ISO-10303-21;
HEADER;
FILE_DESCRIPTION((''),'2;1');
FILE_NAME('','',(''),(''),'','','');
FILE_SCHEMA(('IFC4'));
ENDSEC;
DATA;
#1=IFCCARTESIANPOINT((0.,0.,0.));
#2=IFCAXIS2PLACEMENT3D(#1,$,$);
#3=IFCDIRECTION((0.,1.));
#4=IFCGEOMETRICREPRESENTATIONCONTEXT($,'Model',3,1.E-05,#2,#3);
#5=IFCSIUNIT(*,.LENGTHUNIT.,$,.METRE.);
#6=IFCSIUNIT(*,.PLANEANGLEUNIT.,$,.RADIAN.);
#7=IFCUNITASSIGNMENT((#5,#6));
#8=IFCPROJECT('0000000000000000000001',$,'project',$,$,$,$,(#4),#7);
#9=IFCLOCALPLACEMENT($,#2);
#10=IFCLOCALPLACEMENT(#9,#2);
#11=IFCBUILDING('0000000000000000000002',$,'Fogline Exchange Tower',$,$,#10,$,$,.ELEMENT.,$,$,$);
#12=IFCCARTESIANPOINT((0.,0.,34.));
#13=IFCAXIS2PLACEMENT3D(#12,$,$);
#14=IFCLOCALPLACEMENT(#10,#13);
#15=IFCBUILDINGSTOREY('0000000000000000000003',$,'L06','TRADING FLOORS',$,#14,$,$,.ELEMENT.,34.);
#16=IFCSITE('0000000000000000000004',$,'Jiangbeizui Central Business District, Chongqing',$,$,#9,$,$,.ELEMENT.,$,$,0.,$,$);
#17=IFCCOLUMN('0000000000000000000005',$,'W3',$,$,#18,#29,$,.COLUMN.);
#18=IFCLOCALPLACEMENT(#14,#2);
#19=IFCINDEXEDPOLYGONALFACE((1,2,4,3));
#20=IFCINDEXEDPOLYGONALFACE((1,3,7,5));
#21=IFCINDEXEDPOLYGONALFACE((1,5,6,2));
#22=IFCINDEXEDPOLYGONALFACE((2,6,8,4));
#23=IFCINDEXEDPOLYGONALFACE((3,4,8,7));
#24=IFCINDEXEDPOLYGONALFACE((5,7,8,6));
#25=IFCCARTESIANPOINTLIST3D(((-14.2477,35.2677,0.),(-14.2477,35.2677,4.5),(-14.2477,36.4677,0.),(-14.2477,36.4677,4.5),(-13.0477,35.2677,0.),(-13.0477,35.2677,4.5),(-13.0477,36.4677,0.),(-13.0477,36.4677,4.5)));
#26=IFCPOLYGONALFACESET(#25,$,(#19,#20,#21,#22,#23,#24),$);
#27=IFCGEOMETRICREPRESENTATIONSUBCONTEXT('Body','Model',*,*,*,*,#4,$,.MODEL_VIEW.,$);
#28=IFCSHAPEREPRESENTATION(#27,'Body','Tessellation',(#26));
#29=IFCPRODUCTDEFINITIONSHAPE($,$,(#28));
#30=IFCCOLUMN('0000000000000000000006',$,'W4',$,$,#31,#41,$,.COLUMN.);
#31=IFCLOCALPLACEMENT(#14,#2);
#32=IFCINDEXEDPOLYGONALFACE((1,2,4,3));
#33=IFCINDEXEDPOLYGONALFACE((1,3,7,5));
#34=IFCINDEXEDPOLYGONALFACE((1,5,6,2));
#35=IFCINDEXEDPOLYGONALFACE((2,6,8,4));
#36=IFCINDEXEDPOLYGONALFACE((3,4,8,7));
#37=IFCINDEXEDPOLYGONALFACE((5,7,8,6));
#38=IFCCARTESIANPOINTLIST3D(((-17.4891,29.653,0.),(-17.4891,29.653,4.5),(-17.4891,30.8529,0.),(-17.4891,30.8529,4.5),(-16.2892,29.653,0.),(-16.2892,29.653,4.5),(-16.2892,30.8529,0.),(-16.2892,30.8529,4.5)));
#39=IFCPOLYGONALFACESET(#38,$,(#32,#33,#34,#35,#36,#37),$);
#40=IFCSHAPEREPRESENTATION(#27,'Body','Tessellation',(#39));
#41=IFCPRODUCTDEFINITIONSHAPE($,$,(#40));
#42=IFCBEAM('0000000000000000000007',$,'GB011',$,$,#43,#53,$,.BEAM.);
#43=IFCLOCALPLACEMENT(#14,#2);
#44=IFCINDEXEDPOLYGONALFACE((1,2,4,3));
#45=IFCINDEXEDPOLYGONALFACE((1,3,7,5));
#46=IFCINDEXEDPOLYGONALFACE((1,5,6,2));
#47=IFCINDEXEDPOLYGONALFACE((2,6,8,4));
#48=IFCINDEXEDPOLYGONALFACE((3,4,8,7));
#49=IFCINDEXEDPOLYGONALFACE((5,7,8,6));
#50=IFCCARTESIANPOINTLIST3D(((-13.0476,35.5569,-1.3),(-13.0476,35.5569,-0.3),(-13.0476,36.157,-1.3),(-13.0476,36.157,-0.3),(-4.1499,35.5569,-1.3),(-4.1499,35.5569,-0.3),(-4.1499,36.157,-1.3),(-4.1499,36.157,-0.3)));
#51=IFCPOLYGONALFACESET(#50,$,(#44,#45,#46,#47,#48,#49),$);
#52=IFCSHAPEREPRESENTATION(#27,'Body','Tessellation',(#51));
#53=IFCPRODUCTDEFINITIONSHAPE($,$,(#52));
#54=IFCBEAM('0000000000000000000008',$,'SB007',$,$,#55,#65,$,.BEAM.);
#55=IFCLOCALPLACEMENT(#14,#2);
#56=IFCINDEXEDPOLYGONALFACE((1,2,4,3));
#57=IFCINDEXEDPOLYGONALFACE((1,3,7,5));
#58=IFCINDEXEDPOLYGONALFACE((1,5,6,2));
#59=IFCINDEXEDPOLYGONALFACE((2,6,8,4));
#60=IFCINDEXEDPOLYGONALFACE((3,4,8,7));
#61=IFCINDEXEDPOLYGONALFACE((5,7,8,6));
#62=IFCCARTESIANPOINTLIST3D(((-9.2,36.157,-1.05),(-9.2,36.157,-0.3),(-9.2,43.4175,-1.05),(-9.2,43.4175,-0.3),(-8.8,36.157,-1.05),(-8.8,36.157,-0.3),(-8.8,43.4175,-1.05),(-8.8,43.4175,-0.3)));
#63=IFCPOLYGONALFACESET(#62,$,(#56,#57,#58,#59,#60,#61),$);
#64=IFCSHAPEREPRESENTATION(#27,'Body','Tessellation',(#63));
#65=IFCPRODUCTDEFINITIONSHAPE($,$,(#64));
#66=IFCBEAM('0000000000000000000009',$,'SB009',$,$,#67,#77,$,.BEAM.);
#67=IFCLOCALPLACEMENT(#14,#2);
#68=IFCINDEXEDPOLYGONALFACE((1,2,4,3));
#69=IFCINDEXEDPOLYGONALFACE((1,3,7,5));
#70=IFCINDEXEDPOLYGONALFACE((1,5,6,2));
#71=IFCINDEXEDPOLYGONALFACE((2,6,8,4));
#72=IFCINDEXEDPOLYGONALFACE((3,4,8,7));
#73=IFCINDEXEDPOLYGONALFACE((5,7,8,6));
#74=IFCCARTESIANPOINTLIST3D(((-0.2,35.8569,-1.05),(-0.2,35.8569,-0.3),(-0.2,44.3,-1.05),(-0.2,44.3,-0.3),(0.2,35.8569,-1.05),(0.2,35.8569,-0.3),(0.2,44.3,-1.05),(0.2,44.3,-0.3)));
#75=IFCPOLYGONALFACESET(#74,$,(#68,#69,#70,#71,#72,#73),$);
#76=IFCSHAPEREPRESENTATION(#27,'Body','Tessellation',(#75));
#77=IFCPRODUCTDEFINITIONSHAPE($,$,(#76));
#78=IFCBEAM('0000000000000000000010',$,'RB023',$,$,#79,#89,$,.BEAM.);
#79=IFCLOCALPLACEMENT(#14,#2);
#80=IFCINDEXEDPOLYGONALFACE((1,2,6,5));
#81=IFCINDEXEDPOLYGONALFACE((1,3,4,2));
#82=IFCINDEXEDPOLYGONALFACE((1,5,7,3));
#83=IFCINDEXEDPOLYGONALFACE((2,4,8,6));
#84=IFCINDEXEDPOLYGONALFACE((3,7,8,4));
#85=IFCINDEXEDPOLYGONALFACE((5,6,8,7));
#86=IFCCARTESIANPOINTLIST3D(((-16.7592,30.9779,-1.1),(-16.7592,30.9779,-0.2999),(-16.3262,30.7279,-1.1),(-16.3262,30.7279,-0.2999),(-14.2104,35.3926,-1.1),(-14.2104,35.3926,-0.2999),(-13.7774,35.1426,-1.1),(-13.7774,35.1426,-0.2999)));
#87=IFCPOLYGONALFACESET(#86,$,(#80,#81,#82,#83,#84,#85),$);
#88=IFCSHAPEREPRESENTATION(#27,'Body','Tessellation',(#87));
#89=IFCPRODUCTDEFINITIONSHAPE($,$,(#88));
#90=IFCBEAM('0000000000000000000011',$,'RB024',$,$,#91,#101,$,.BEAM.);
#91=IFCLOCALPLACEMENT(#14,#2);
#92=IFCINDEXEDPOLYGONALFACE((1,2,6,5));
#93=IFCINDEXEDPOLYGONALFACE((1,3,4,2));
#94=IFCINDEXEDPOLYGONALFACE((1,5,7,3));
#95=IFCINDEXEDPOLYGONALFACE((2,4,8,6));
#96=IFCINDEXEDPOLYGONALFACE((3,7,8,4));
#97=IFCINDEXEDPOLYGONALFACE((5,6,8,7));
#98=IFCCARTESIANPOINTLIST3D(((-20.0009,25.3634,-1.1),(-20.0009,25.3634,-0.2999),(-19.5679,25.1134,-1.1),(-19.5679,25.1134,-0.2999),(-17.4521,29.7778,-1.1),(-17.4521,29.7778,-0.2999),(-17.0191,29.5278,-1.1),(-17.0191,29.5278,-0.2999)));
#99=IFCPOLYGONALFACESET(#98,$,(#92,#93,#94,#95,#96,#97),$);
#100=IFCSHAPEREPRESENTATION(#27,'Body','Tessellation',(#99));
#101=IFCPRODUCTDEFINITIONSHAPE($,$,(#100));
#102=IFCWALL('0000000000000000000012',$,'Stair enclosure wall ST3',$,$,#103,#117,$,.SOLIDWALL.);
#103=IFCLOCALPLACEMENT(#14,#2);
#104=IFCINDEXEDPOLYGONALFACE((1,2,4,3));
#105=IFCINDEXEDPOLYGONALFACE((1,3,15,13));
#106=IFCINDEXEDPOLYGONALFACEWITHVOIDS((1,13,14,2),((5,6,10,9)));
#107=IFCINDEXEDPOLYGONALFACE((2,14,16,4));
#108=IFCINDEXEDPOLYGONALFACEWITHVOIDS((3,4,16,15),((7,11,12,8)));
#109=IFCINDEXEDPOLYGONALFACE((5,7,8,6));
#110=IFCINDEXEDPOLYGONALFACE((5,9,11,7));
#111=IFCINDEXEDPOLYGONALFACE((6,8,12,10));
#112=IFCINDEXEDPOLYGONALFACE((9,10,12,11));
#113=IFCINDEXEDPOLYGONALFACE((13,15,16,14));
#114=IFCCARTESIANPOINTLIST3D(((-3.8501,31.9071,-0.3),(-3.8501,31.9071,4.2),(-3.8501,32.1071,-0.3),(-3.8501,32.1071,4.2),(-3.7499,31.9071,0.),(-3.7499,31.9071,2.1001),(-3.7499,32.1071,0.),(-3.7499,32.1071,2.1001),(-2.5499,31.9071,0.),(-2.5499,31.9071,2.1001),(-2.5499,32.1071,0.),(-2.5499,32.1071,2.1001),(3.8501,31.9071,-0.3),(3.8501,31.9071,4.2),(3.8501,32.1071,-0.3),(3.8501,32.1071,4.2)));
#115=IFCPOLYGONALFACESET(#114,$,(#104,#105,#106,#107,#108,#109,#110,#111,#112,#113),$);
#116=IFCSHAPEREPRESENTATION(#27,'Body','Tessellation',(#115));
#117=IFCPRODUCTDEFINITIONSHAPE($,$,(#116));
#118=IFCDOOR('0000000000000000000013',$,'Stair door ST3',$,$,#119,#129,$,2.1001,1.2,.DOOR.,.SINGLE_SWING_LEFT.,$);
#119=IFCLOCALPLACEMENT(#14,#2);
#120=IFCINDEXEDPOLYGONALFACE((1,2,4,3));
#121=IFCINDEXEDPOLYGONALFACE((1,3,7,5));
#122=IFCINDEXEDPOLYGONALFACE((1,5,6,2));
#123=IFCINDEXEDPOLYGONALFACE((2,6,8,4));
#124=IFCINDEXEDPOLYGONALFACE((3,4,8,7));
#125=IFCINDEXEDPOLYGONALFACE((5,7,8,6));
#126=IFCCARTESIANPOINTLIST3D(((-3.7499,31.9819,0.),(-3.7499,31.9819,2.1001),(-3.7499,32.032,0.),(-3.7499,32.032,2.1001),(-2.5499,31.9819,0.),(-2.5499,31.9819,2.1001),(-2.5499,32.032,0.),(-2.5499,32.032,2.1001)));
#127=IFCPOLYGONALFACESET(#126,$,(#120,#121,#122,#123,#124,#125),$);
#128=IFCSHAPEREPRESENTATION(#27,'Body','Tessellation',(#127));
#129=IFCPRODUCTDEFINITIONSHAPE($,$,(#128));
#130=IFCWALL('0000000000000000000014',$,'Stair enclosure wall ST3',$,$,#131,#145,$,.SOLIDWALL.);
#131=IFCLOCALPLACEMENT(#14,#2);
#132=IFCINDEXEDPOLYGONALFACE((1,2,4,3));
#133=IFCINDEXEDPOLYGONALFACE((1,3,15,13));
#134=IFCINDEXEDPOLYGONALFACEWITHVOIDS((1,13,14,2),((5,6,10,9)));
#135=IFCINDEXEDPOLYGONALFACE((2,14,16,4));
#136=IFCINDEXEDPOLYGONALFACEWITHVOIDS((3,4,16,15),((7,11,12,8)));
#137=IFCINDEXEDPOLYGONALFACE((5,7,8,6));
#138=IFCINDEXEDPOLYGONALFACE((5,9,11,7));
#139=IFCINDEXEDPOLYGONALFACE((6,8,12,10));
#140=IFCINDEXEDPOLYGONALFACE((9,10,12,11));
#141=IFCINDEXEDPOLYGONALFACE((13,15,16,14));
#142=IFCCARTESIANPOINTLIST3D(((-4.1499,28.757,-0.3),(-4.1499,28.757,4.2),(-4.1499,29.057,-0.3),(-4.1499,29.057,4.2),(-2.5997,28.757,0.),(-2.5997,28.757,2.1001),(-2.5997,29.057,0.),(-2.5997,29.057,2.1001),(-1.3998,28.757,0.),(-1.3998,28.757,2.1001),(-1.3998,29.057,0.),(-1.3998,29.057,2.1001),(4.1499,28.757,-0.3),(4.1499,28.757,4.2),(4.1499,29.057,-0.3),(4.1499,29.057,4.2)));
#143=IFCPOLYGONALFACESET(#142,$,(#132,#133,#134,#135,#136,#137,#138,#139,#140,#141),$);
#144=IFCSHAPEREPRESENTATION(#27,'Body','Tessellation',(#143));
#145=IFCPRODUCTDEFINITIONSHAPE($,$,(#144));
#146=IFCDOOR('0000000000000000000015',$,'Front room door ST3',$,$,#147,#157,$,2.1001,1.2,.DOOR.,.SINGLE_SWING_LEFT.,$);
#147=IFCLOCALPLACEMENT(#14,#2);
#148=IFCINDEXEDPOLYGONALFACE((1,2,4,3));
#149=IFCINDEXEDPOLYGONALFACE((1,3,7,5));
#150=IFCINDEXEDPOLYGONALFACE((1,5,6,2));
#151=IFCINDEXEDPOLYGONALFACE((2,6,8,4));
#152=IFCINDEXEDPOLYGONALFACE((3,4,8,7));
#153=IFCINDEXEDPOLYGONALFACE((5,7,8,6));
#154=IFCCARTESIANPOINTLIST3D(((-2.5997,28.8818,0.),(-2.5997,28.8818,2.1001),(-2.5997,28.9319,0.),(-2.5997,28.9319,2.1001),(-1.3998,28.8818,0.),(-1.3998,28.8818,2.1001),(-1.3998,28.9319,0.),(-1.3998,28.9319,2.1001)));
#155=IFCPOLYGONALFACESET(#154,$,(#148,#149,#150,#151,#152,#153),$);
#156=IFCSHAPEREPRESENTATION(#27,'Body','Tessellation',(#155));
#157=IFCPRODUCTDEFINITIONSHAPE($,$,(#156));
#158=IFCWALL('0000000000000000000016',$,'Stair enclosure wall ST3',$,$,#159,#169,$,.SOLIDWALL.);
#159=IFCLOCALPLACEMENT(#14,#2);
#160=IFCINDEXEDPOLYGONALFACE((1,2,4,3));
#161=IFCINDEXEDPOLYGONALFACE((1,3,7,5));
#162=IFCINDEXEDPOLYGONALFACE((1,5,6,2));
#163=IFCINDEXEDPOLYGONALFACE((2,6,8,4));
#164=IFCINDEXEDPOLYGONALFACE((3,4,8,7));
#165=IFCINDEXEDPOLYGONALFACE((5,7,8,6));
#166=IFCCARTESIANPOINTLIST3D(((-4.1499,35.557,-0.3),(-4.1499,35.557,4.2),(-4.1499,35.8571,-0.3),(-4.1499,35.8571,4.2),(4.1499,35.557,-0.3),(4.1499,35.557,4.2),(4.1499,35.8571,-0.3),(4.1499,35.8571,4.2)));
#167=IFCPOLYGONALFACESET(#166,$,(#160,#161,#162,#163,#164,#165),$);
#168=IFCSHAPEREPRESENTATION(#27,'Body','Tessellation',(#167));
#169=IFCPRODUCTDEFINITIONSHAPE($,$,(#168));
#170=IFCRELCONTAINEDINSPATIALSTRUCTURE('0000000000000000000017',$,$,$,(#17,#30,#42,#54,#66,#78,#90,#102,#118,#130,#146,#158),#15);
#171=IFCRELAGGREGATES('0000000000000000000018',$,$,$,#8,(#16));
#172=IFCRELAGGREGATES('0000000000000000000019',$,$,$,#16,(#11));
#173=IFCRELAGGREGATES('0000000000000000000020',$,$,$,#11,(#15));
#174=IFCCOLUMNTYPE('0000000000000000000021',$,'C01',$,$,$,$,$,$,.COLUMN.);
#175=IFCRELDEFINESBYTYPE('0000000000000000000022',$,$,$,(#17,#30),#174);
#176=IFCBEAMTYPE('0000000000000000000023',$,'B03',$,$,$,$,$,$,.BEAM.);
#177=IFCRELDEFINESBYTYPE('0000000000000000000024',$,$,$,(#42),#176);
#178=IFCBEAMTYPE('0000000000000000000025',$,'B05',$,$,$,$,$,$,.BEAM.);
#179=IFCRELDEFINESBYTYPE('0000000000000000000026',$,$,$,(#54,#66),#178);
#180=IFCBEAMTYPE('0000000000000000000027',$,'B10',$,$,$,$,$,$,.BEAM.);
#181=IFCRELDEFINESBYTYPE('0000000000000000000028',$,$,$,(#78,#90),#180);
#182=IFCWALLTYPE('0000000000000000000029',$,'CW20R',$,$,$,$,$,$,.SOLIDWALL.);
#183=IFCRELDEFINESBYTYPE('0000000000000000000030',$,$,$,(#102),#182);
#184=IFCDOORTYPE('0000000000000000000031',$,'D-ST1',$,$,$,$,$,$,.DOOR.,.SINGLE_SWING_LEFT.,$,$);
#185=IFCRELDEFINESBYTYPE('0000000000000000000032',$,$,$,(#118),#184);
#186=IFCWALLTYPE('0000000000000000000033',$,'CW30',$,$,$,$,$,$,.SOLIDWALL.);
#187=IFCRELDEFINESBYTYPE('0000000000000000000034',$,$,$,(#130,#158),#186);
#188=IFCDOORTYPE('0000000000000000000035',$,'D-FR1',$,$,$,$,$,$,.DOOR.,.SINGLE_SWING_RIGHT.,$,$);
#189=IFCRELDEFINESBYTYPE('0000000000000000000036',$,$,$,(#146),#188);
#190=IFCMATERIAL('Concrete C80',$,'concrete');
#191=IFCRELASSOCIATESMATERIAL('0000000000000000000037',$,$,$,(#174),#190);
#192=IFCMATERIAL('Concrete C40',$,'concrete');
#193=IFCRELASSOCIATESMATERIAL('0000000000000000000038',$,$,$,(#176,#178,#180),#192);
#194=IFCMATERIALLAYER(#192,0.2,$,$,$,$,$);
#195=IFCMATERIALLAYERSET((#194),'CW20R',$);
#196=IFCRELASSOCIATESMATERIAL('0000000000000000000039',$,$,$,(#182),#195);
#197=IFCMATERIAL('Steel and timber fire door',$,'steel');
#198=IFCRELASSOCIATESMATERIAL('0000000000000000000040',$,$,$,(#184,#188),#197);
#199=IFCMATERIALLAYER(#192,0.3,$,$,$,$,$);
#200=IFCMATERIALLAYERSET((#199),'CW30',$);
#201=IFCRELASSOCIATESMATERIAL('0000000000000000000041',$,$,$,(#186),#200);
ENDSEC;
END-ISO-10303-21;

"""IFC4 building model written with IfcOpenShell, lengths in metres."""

from ifc_helpers import new_model, si_unit, direction, frame, frame_2d, origin, origin_2d, place, context, subcontext, project, spatial, rectangle, extrude, material, layer, layer_set, material_profile, profile_set, type_object, element, fill, save


model = new_model("IFC4")

# Units and contexts
model_context = context("Model", 3, precision=1e-05, world=origin(), true_north=direction((0.0, 1.0)))
body_context = subcontext(model_context, "Body", "Model", "MODEL_VIEW")
ifc_project = project(units=[si_unit("LENGTHUNIT", "METRE"), si_unit("PLANEANGLEUNIT", "RADIAN")], contexts=[model_context])

# Site, building, storey
site_placement = place(None, origin())
site = spatial("IfcSite", under=ifc_project, at=site_placement, Name="Jiangbeizui Central Business District, Chongqing", CompositionType="ELEMENT", RefElevation=0.0)
building_placement = place(site_placement, origin())
building = spatial("IfcBuilding", under=site, at=building_placement, Name="Fogline Exchange Tower", CompositionType="ELEMENT")
storey_placement = place(building_placement, frame((0.0, 0.0, 34.0)))
storey = spatial("IfcBuildingStorey", under=building, at=storey_placement, Name="L06", Description="TRADING FLOORS", CompositionType="ELEMENT", Elevation=34.0)

# Columns
ifc_material_1 = material(Name="Concrete C80", Category="concrete")
ifc_material_profile_1 = material_profile(ifc_material_1, rectangle(XDim=1.2, YDim=1.2, at=origin_2d()), Name="RC 1200x1200")
ifc_profile_set_1 = profile_set([ifc_material_profile_1], Name="Concrete C80")
column_type = type_object("IfcColumnType", Name="C01", PredefinedType="COLUMN", material=ifc_profile_set_1)
for number, where, z_axis, x_axis, name in (
    (1, (-13.6477, 35.8677, 0.0), (0.0, 0.0, 1.0), (1.0, 0.0, 0.0), "W3"),
    (2, (-16.8892, 30.2529, 0.0), (0.0, 0.0, 1.0), (1.0, 0.0, 0.0), "W4"),
):
    element("IfcColumn", number, at=place(storey_placement, frame(where, z_axis=z_axis, x_axis=x_axis)), inside=storey, type_object=column_type, Name=name, PredefinedType="COLUMN", context=body_context, shape_type="SweptSolid", body=[
        extrude(rectangle(XDim=1.2, YDim=1.2, at=origin_2d()), origin(), (0.0, 0.0, 1.0), 4.5),
    ])

# Beams
ifc_material_2 = material(Name="Concrete C40", Category="concrete")
ifc_material_profile_2 = material_profile(ifc_material_2, rectangle(XDim=0.6001, YDim=1.0, at=origin_2d()), Name="RC 600x1000")
ifc_profile_set_2 = profile_set([ifc_material_profile_2], Name="Concrete C40")
beam_type_1 = type_object("IfcBeamType", Name="B03", PredefinedType="BEAM", material=ifc_profile_set_2)
beam_1_placement = place(storey_placement, frame((-13.0476, 35.8569, -0.8), z_axis=(1.0, 0.0, 0.0), x_axis=(0.0, 1.0, 0.0)))
element("IfcBeam", 3, at=beam_1_placement, inside=storey, type_object=beam_type_1, Name="GB011", PredefinedType="BEAM", context=body_context, shape_type="SweptSolid", body=[
    extrude(rectangle(XDim=0.6001, YDim=1.0, at=origin_2d()), origin(), (0.0, 0.0, 1.0), 8.8977),
])
ifc_material_profile_3 = material_profile(ifc_material_2, rectangle(XDim=0.3999, YDim=0.75, at=origin_2d()), Name="RC 400x750")
ifc_profile_set_3 = profile_set([ifc_material_profile_3], Name="Concrete C40")
beam_type_2 = type_object("IfcBeamType", Name="B05", PredefinedType="BEAM", material=ifc_profile_set_3)
beam_2_placement = place(storey_placement, frame((-9.0, 36.157, -0.675), z_axis=(0.0, 1.0, 0.0), x_axis=(-1.0, 0.0, 0.0)))
element("IfcBeam", 4, at=beam_2_placement, inside=storey, type_object=beam_type_2, Name="SB007", PredefinedType="BEAM", context=body_context, shape_type="SweptSolid", body=[
    extrude(rectangle(XDim=0.3999, YDim=0.75, at=origin_2d()), origin(), (0.0, 0.0, 1.0), 7.2605),
])
beam_3_placement = place(storey_placement, frame((0.0, 35.8569, -0.675), z_axis=(0.0, 1.0, 0.0), x_axis=(-1.0, 0.0, 0.0)))
element("IfcBeam", 5, at=beam_3_placement, inside=storey, type_object=beam_type_2, Name="SB009", PredefinedType="BEAM", context=body_context, shape_type="SweptSolid", body=[
    extrude(rectangle(XDim=0.3999, YDim=0.75, at=origin_2d()), origin(), (0.0, 0.0, 1.0), 8.4431),
])
ifc_material_profile_4 = material_profile(ifc_material_2, rectangle(XDim=0.5, YDim=0.8, at=origin_2d()), Name="RC 500x800")
ifc_profile_set_4 = profile_set([ifc_material_profile_4], Name="Concrete C40")
beam_type_3 = type_object("IfcBeamType", Name="B10", PredefinedType="BEAM", material=ifc_profile_set_4)
beam_4_placement = place(storey_placement, frame((-13.9939, 35.2676, -0.7), z_axis=(-0.499992, -0.86603, 0.0), x_axis=(0.86603, -0.499992, 0.0)))
element("IfcBeam", 6, at=beam_4_placement, inside=storey, type_object=beam_type_3, Name="RB023", PredefinedType="BEAM", context=body_context, shape_type="SweptSolid", body=[
    extrude(rectangle(XDim=0.5, YDim=0.8, at=origin_2d()), origin(), (0.0, 0.0, 1.0), 5.0977),
])
beam_5_placement = place(storey_placement, frame((-17.2356, 29.6528, -0.7), z_axis=(-0.500013, -0.866018, 0.0), x_axis=(0.866018, -0.500013, 0.0)))
element("IfcBeam", 7, at=beam_5_placement, inside=storey, type_object=beam_type_3, Name="RB024", PredefinedType="BEAM", context=body_context, shape_type="SweptSolid", body=[
    extrude(rectangle(XDim=0.5, YDim=0.8, at=origin_2d()), origin(), (0.0, 0.0, 1.0), 5.0974),
])

# Walls, openings, doors
ifc_layer_1 = layer(ifc_material_2, 0.2)
ifc_layer_set_1 = layer_set([ifc_layer_1], Name="CW20R")
wall_type_1 = type_object("IfcWallType", Name="CW20R", PredefinedType="SOLIDWALL", material=ifc_layer_set_1)
wall_1_placement = place(storey_placement, frame((-3.8501, 32.0071, -0.3), z_axis=(0.0, 0.0, 1.0), x_axis=(1.0, 0.0, 0.0)))
wall_1 = element("IfcWall", 8, at=wall_1_placement, inside=storey, type_object=wall_type_1, Name="Stair enclosure wall ST3", PredefinedType="SOLIDWALL", context=body_context, shape_type="SweptSolid", body=[
    extrude(rectangle(XDim=7.7002, YDim=0.2, at=frame_2d((3.8501, 0.0))), origin(), (0.0, 0.0, 1.0), 4.5),
])
opening_1_placement = place(wall_1_placement, frame((0.1001, 0.0, 0.3)))
opening_1 = element("IfcOpeningElement", 9, at=opening_1_placement, cuts=wall_1, PredefinedType="OPENING", context=body_context, shape_type="SweptSolid", body=[
    extrude(rectangle(XDim=1.2, YDim=2.1001, at=frame_2d((0.6001, 1.05))), frame((0.0, 0.1099, 0.0), z_axis=(0.0, -1.0, 0.0), x_axis=(1.0, 0.0, 0.0)), (0.0, 0.0, 1.0), 0.22),
])
ifc_material_3 = material(Name="Steel and timber fire door", Category="steel")
door_type_1 = type_object("IfcDoorType", Name="D-ST1", OperationType="SINGLE_SWING_LEFT", PredefinedType="DOOR", material=ifc_material_3)
door_1_placement = place(opening_1_placement, origin())
door_1 = element("IfcDoor", 10, at=door_1_placement, inside=storey, type_object=door_type_1, Name="Stair door ST3", OperationType="SINGLE_SWING_LEFT", OverallHeight=2.1001, OverallWidth=1.2, PredefinedType="DOOR", context=body_context, shape_type="SweptSolid", body=[
    extrude(rectangle(XDim=1.2, YDim=2.1001, at=frame_2d((0.6001, 1.05))), frame((0.0, 0.0249, 0.0), z_axis=(0.0, -1.0, 0.0), x_axis=(1.0, 0.0, 0.0)), (0.0, 0.0, 1.0), 0.05),
])
fill(opening_1, door_1)
ifc_layer_2 = layer(ifc_material_2, 0.3)
ifc_layer_set_2 = layer_set([ifc_layer_2], Name="CW30")
wall_type_2 = type_object("IfcWallType", Name="CW30", PredefinedType="SOLIDWALL", material=ifc_layer_set_2)
wall_2_placement = place(storey_placement, frame((-4.1499, 28.907, -0.3), z_axis=(0.0, 0.0, 1.0), x_axis=(1.0, 0.0, 0.0)))
wall_2 = element("IfcWall", 11, at=wall_2_placement, inside=storey, type_object=wall_type_2, Name="Stair enclosure wall ST3", PredefinedType="SOLIDWALL", context=body_context, shape_type="SweptSolid", body=[
    extrude(rectangle(XDim=8.2998, YDim=0.3, at=frame_2d((4.1499, 0.0))), origin(), (0.0, 0.0, 1.0), 4.5),
])
opening_2_placement = place(wall_2_placement, frame((1.55, 0.0, 0.3)))
opening_2 = element("IfcOpeningElement", 12, at=opening_2_placement, cuts=wall_2, PredefinedType="OPENING", context=body_context, shape_type="SweptSolid", body=[
    extrude(rectangle(XDim=1.2, YDim=2.1001, at=frame_2d((0.6001, 1.05))), frame((0.0, 0.1602, 0.0), z_axis=(0.0, -1.0, 0.0), x_axis=(1.0, 0.0, 0.0)), (0.0, 0.0, 1.0), 0.3201),
])
door_type_2 = type_object("IfcDoorType", Name="D-FR1", OperationType="SINGLE_SWING_RIGHT", PredefinedType="DOOR", material=ifc_material_3)
door_2_placement = place(opening_2_placement, origin())
door_2 = element("IfcDoor", 13, at=door_2_placement, inside=storey, type_object=door_type_2, Name="Front room door ST3", OperationType="SINGLE_SWING_LEFT", OverallHeight=2.1001, OverallWidth=1.2, PredefinedType="DOOR", context=body_context, shape_type="SweptSolid", body=[
    extrude(rectangle(XDim=1.2, YDim=2.1001, at=frame_2d((0.6001, 1.05))), frame((0.0, 0.0249, 0.0), z_axis=(0.0, -1.0, 0.0), x_axis=(1.0, 0.0, 0.0)), (0.0, 0.0, 1.0), 0.05),
])
fill(opening_2, door_2)

# Wall
wall_3_placement = place(storey_placement, frame((-4.1499, 35.707, -0.3), z_axis=(0.0, 0.0, 1.0), x_axis=(1.0, 0.0, 0.0)))
element("IfcWall", 14, at=wall_3_placement, inside=storey, type_object=wall_type_2, Name="Stair enclosure wall ST3", PredefinedType="SOLIDWALL", context=body_context, shape_type="SweptSolid", body=[
    extrude(rectangle(XDim=8.2998, YDim=0.3, at=frame_2d((4.1499, 0.0))), origin(), (0.0, 0.0, 1.0), 4.5),
])

save(model, "model.ifc")
